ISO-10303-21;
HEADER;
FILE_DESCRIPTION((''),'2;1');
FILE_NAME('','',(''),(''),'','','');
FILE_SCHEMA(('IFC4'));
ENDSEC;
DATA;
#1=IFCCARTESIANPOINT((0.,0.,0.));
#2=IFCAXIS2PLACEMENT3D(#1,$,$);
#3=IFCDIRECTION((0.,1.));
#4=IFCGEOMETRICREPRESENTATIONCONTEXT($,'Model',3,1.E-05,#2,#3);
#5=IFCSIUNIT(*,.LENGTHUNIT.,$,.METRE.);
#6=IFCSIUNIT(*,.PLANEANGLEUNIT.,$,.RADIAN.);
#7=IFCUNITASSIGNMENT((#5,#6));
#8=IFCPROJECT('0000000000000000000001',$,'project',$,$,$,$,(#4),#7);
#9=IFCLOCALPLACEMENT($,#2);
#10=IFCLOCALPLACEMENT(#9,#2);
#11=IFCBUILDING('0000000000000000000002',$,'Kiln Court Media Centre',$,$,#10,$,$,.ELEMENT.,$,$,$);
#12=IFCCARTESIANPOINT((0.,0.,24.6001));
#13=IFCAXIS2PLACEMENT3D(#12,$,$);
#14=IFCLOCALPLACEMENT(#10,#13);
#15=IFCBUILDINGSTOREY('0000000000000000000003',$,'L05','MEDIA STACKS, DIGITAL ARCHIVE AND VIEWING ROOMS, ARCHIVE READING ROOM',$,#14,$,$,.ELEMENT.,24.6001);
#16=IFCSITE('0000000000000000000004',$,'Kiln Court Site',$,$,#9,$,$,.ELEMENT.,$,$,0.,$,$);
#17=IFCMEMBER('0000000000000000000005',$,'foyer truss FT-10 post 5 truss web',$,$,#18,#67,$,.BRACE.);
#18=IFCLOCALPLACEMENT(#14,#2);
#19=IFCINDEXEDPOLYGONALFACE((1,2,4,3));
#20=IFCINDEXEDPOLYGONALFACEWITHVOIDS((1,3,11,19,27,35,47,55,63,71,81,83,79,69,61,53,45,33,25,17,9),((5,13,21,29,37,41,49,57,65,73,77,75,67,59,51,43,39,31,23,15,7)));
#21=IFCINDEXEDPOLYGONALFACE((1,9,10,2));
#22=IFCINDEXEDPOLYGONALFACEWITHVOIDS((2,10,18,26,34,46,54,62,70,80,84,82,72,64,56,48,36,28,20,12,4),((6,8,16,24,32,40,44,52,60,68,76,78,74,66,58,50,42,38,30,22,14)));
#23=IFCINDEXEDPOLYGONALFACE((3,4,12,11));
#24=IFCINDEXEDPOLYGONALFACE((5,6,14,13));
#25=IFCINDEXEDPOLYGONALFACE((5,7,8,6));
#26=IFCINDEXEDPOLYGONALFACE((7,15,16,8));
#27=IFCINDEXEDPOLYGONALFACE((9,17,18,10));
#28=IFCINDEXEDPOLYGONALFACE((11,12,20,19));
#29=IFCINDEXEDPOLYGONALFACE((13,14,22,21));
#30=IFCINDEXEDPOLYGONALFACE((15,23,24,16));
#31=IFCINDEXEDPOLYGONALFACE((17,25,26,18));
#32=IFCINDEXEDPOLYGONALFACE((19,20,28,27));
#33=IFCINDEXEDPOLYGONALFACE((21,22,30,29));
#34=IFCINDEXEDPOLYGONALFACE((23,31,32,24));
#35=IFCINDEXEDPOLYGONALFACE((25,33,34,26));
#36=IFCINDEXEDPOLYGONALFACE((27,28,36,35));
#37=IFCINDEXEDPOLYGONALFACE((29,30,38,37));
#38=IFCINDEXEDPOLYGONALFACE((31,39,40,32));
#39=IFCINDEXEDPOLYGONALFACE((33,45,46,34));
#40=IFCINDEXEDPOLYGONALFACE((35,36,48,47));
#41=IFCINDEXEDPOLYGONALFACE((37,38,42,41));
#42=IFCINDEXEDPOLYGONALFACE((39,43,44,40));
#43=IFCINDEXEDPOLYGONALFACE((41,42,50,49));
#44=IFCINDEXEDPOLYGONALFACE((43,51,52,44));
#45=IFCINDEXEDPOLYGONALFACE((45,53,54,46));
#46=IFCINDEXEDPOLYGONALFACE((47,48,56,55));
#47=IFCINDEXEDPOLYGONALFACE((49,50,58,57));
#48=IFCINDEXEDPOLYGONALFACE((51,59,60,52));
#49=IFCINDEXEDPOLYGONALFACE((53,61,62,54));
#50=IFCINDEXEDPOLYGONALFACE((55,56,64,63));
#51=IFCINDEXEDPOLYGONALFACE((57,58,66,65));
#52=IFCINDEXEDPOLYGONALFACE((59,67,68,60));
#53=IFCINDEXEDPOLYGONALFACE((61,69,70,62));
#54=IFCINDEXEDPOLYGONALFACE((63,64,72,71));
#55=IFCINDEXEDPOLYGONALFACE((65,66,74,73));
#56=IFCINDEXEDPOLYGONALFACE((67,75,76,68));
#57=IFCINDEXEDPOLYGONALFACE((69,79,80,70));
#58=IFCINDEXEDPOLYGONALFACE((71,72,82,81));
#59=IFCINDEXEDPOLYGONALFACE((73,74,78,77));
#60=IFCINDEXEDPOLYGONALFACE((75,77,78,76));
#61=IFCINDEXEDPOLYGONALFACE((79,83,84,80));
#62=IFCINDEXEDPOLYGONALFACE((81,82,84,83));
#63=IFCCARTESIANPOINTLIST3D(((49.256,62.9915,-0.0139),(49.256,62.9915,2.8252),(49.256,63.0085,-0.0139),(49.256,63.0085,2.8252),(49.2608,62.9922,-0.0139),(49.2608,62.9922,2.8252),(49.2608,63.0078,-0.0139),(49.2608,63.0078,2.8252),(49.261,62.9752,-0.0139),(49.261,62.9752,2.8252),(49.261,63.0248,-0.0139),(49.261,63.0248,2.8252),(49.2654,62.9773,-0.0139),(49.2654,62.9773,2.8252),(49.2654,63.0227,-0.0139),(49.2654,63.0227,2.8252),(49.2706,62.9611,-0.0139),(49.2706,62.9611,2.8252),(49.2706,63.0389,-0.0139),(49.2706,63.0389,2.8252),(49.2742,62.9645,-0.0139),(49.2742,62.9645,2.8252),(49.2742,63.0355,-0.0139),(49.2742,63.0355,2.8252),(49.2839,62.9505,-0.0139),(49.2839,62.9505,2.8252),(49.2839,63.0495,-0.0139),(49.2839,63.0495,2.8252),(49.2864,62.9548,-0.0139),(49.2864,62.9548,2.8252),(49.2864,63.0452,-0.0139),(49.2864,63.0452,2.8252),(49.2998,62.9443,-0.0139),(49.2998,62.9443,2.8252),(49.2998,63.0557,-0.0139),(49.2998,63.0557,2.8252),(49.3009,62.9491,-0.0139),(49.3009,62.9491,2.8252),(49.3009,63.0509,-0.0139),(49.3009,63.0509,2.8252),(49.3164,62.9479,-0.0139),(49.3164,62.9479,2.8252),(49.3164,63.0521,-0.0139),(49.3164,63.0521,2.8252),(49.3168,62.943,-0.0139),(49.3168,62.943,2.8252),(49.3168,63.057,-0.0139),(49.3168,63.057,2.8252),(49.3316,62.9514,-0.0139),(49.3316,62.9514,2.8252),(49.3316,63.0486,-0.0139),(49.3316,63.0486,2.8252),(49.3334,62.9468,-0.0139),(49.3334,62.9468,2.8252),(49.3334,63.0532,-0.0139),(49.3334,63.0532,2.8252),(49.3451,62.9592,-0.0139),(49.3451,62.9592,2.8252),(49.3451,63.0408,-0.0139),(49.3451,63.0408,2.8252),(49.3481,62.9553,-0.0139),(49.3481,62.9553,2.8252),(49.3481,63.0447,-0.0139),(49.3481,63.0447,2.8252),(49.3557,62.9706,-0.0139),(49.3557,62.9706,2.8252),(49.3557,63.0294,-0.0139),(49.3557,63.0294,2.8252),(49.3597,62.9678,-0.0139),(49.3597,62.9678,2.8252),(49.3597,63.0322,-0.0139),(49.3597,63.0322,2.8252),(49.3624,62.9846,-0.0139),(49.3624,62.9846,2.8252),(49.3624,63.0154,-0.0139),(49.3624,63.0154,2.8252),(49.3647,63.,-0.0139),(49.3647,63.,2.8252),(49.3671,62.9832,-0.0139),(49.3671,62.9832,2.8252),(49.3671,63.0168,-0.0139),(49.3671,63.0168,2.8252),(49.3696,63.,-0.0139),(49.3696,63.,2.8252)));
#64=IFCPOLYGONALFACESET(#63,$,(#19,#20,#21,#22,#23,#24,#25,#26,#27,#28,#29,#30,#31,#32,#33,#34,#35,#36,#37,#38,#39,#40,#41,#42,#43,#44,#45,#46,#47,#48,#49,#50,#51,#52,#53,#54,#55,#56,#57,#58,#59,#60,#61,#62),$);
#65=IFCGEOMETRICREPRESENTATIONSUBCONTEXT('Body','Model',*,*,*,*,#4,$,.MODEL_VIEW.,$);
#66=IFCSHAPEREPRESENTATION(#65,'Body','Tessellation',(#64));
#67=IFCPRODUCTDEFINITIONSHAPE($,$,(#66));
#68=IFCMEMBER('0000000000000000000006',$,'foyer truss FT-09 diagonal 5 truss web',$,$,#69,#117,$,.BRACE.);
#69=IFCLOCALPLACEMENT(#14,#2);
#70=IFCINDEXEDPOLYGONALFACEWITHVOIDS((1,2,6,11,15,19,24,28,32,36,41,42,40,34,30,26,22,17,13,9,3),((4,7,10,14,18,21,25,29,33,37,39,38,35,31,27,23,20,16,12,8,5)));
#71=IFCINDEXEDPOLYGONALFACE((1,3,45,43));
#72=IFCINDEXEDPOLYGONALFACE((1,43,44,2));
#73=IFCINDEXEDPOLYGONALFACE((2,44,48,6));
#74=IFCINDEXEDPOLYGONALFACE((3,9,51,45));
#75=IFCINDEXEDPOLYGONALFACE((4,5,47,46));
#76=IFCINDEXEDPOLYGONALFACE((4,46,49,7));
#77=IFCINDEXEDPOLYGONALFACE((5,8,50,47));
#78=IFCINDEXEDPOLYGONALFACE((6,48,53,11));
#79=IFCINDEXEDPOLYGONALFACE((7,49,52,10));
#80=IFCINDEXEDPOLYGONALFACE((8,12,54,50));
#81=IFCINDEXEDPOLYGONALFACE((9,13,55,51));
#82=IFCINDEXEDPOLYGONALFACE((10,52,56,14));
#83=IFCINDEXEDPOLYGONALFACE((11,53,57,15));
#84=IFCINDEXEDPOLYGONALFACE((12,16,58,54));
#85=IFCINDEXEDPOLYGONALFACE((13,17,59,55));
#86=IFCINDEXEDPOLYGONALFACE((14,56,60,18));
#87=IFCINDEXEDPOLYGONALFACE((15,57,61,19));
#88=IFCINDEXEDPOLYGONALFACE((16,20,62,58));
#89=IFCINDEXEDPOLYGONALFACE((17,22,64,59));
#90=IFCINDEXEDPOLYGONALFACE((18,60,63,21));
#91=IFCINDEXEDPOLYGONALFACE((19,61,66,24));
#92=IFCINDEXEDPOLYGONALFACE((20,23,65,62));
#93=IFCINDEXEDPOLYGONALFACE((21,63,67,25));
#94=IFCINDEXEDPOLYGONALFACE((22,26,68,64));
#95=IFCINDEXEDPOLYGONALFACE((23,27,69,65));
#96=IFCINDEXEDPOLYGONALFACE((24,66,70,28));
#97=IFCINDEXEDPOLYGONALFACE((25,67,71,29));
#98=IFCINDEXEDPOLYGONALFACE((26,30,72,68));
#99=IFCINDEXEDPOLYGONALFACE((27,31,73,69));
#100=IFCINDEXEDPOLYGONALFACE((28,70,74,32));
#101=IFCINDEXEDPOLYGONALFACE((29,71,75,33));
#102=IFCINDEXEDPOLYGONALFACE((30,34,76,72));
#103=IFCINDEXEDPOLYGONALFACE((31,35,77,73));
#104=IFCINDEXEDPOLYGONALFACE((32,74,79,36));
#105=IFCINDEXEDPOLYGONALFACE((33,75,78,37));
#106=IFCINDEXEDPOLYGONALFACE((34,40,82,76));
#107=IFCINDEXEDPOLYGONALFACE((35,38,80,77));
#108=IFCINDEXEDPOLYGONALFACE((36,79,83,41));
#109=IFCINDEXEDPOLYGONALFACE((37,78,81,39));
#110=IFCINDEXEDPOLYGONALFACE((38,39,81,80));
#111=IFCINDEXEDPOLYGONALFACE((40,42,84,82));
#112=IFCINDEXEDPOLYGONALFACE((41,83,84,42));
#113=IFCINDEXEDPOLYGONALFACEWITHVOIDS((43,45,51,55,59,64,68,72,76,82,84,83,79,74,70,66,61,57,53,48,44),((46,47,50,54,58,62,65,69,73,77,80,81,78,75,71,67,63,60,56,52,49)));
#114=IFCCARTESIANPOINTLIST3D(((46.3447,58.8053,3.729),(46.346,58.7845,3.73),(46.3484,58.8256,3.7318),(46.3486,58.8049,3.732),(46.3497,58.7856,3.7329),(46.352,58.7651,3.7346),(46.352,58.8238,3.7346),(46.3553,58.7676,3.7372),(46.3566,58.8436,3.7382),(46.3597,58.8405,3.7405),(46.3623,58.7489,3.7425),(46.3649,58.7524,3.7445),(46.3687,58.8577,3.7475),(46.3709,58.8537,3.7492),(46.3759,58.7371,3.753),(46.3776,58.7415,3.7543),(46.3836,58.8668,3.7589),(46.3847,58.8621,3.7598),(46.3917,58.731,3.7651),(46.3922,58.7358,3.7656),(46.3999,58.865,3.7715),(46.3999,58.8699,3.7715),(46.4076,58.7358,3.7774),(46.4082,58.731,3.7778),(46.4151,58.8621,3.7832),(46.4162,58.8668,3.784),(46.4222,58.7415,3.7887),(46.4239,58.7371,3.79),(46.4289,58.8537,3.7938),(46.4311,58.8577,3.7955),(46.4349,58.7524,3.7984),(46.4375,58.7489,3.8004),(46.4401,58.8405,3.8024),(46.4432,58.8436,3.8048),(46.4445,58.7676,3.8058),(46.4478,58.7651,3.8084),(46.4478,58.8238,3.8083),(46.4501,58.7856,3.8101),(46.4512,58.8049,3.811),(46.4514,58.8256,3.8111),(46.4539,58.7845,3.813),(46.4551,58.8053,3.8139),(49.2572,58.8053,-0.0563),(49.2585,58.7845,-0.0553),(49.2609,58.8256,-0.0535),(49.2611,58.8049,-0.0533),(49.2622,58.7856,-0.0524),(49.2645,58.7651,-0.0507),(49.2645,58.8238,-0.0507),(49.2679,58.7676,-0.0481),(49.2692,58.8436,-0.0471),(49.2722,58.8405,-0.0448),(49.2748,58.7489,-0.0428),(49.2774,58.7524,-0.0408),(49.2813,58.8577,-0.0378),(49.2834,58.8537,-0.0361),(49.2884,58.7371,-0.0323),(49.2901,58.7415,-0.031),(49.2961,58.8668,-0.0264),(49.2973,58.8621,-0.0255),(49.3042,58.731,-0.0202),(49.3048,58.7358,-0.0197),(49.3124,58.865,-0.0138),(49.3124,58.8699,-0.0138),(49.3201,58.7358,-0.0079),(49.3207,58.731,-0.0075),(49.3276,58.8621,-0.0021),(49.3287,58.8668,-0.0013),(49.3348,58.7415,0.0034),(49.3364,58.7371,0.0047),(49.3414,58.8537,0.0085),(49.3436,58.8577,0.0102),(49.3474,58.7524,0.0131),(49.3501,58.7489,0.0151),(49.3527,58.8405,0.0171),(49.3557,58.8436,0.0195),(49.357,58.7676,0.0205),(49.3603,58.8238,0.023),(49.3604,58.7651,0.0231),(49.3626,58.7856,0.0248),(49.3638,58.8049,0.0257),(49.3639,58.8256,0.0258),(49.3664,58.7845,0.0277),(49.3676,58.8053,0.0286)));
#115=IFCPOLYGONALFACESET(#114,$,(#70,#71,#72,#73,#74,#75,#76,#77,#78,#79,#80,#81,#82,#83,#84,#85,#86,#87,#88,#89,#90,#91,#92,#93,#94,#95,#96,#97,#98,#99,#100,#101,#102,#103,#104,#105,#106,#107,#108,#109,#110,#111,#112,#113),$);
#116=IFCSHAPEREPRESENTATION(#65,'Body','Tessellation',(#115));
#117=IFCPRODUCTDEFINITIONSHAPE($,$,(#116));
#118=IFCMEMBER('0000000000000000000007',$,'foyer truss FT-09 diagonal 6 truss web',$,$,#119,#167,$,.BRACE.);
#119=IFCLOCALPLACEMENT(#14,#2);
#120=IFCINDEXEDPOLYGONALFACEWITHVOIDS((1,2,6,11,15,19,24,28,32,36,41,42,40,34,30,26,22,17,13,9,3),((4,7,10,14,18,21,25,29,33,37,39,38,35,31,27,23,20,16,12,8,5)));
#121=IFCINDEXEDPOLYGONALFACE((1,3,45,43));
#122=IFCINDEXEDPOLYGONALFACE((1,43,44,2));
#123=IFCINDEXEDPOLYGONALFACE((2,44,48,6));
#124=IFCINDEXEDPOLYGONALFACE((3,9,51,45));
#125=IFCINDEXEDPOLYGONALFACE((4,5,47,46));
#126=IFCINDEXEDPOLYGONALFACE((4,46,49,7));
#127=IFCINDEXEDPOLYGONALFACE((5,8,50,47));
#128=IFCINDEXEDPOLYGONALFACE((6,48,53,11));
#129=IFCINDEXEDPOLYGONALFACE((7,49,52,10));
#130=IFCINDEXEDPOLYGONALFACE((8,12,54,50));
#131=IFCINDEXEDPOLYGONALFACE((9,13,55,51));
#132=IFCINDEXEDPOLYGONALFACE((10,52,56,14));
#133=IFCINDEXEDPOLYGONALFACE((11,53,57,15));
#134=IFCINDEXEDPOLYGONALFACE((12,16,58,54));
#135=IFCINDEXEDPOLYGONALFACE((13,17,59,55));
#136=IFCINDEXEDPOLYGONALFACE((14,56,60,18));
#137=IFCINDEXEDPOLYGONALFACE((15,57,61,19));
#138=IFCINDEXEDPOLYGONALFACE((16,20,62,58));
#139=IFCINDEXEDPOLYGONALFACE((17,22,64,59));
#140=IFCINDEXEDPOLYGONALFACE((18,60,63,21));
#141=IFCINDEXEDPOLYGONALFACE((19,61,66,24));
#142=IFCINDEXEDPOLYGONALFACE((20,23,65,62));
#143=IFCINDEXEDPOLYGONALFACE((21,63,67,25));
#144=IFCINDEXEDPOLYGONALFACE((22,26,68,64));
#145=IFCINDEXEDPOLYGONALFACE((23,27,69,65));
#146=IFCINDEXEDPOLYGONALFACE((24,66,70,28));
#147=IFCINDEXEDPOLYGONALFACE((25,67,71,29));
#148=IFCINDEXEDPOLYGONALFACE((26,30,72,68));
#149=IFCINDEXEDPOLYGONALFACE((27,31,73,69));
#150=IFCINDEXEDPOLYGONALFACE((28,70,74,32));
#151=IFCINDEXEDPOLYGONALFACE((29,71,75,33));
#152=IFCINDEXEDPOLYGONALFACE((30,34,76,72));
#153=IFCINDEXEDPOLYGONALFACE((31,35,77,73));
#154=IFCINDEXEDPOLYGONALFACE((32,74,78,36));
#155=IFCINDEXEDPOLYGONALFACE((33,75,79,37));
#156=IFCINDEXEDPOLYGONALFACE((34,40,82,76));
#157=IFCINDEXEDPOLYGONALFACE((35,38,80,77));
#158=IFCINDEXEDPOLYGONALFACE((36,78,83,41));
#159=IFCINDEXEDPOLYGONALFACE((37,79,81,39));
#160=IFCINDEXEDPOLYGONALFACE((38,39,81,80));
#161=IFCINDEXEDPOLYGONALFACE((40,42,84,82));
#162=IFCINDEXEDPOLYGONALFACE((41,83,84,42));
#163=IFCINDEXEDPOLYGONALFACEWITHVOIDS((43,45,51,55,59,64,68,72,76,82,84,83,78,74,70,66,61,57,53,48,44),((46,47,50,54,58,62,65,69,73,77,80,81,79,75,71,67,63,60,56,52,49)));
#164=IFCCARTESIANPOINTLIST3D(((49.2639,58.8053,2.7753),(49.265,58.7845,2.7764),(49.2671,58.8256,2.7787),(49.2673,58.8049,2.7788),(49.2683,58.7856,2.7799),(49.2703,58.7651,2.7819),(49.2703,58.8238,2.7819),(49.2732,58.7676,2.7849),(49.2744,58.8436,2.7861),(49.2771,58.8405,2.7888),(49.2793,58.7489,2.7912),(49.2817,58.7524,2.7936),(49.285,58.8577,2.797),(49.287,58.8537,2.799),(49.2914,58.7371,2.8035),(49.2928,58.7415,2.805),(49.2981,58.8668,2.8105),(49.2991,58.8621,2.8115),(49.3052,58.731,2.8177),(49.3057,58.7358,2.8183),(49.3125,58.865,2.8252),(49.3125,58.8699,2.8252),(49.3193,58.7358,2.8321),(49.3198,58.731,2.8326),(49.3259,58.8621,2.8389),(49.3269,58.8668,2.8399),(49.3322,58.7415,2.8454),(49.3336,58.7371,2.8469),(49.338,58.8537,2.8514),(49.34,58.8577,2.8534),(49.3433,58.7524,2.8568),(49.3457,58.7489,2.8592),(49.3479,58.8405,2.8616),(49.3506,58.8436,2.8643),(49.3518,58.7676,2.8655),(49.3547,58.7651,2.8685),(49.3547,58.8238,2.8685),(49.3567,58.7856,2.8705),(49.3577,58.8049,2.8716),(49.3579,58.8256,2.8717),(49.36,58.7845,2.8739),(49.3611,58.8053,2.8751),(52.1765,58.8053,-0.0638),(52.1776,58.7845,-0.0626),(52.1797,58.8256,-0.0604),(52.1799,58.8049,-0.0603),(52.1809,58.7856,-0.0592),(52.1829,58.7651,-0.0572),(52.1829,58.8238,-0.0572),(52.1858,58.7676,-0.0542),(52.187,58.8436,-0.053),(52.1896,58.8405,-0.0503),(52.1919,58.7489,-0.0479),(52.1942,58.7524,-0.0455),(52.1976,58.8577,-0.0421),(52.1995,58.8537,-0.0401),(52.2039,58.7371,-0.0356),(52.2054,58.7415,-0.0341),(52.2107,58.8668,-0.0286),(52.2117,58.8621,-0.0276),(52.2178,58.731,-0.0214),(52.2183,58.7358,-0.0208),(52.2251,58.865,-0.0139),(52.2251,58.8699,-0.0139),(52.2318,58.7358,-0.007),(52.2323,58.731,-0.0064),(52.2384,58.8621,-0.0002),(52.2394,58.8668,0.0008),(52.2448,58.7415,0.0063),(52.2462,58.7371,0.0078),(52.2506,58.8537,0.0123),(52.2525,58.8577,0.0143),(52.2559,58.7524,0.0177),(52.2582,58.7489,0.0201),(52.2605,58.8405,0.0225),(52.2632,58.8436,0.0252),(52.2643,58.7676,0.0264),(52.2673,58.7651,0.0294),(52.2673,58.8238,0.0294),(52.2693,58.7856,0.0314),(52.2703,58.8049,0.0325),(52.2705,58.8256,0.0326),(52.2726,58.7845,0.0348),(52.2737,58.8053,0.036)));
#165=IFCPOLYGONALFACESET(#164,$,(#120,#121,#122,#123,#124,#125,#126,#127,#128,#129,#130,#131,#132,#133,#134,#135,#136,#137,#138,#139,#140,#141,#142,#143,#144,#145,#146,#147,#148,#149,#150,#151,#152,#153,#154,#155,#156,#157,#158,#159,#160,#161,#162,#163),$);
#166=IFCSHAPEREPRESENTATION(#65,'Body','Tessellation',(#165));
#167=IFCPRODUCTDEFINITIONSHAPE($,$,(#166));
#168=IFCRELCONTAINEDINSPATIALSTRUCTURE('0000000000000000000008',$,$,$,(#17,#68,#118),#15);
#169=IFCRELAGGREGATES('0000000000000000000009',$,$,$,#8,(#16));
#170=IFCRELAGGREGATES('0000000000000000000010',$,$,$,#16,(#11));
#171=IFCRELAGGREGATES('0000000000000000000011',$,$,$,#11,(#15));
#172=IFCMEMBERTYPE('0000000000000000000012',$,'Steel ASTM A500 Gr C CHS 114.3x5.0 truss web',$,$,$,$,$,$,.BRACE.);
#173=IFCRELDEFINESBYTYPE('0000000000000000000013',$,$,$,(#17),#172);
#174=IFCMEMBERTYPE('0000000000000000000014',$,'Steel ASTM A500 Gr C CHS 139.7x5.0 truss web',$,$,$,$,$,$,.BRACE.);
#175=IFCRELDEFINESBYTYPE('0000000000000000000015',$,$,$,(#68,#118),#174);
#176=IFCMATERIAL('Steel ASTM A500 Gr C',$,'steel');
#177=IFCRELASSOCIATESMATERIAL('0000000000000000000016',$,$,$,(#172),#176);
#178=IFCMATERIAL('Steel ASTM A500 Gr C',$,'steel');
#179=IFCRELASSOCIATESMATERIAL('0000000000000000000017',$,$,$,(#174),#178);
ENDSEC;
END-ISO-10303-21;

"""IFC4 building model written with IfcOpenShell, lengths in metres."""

from ifc_helpers import new_model, si_unit, direction, frame, origin, origin_2d, place, context, subcontext, project, spatial, hollow_circle, extrude, material, material_profile, profile_set, type_object, element, save


model = new_model("IFC4")

# Units and contexts
model_context = context("Model", 3, precision=1e-05, world=origin(), true_north=direction((0.0, 1.0)))
body_context = subcontext(model_context, "Body", "Model", "MODEL_VIEW")
ifc_project = project(units=[si_unit("LENGTHUNIT", "METRE"), si_unit("PLANEANGLEUNIT", "RADIAN")], contexts=[model_context])

# Site, building, storey
site_placement = place(None, origin())
site = spatial("IfcSite", under=ifc_project, at=site_placement, Name="Kiln Court Site", CompositionType="ELEMENT", RefElevation=0.0)
building_placement = place(site_placement, origin())
building = spatial("IfcBuilding", under=site, at=building_placement, Name="Kiln Court Media Centre", CompositionType="ELEMENT")
storey_placement = place(building_placement, frame((0.0, 0.0, 24.6001)))
storey = spatial("IfcBuildingStorey", under=building, at=storey_placement, Name="L05", Description="MEDIA STACKS, DIGITAL ARCHIVE AND VIEWING ROOMS, ARCHIVE READING ROOM", CompositionType="ELEMENT", Elevation=24.6001)

# Members
ifc_material_1 = material(Name="Steel ASTM A500 Gr C", Category="steel")
ifc_material_profile_1 = material_profile(ifc_material_1, hollow_circle(Radius=0.0571, WallThickness=0.0049, at=origin_2d()), Name="CHS 114.3x5.0")
ifc_profile_set_1 = profile_set([ifc_material_profile_1], Name="Steel ASTM A500 Gr C")
member_type_1 = type_object("IfcMemberType", Name="Steel ASTM A500 Gr C CHS 114.3x5.0 truss web", PredefinedType="BRACE", material=ifc_profile_set_1)
member_1_placement = place(storey_placement, frame((49.3125, 63.0, -0.0139), z_axis=(0.0, 0.0, 1.0), x_axis=(1.0, 0.0, 0.0)))
element("IfcMember", 1, at=member_1_placement, inside=storey, type_object=member_type_1, Name="foyer truss FT-10 post 5 truss web", PredefinedType="BRACE", context=body_context, shape_type="SweptSolid", body=[
    extrude(hollow_circle(Radius=0.0571, WallThickness=0.0049, at=origin_2d()), origin(), (0.0, 0.0, 1.0), 2.8391),
])
ifc_material_2 = material(Name="Steel ASTM A500 Gr C", Category="steel")
ifc_material_profile_2 = material_profile(ifc_material_2, hollow_circle(Radius=0.0698, WallThickness=0.0049, at=origin_2d()), Name="CHS 139.7x5.0")
ifc_profile_set_2 = profile_set([ifc_material_profile_2], Name="Steel ASTM A500 Gr C")
member_type_2 = type_object("IfcMemberType", Name="Steel ASTM A500 Gr C CHS 139.7x5.0 truss web", PredefinedType="BRACE", material=ifc_profile_set_2)
member_2_placement = place(storey_placement, frame((46.3999, 58.8, 3.7715), z_axis=(0.60981, 0.0, -0.792548), x_axis=(0.0, 1.0, 0.0)))
element("IfcMember", 2, at=member_2_placement, inside=storey, type_object=member_type_2, Name="foyer truss FT-09 diagonal 5 truss web", PredefinedType="BRACE", context=body_context, shape_type="SweptSolid", body=[
    extrude(hollow_circle(Radius=0.0698, WallThickness=0.0049, at=origin_2d()), origin(), (0.0, 0.0, 1.0), 4.7761),
])
member_3_placement = place(storey_placement, frame((49.3125, 58.8, 2.8252), z_axis=(0.716083, 0.0, -0.698016), x_axis=(0.0, 1.0, 0.0)))
element("IfcMember", 3, at=member_3_placement, inside=storey, type_object=member_type_2, Name="foyer truss FT-09 diagonal 6 truss web", PredefinedType="BRACE", context=body_context, shape_type="SweptSolid", body=[
    extrude(hollow_circle(Radius=0.0698, WallThickness=0.0049, at=origin_2d()), origin(), (0.0, 0.0, 1.0), 4.0674),
])

save(model, "model.ifc")
